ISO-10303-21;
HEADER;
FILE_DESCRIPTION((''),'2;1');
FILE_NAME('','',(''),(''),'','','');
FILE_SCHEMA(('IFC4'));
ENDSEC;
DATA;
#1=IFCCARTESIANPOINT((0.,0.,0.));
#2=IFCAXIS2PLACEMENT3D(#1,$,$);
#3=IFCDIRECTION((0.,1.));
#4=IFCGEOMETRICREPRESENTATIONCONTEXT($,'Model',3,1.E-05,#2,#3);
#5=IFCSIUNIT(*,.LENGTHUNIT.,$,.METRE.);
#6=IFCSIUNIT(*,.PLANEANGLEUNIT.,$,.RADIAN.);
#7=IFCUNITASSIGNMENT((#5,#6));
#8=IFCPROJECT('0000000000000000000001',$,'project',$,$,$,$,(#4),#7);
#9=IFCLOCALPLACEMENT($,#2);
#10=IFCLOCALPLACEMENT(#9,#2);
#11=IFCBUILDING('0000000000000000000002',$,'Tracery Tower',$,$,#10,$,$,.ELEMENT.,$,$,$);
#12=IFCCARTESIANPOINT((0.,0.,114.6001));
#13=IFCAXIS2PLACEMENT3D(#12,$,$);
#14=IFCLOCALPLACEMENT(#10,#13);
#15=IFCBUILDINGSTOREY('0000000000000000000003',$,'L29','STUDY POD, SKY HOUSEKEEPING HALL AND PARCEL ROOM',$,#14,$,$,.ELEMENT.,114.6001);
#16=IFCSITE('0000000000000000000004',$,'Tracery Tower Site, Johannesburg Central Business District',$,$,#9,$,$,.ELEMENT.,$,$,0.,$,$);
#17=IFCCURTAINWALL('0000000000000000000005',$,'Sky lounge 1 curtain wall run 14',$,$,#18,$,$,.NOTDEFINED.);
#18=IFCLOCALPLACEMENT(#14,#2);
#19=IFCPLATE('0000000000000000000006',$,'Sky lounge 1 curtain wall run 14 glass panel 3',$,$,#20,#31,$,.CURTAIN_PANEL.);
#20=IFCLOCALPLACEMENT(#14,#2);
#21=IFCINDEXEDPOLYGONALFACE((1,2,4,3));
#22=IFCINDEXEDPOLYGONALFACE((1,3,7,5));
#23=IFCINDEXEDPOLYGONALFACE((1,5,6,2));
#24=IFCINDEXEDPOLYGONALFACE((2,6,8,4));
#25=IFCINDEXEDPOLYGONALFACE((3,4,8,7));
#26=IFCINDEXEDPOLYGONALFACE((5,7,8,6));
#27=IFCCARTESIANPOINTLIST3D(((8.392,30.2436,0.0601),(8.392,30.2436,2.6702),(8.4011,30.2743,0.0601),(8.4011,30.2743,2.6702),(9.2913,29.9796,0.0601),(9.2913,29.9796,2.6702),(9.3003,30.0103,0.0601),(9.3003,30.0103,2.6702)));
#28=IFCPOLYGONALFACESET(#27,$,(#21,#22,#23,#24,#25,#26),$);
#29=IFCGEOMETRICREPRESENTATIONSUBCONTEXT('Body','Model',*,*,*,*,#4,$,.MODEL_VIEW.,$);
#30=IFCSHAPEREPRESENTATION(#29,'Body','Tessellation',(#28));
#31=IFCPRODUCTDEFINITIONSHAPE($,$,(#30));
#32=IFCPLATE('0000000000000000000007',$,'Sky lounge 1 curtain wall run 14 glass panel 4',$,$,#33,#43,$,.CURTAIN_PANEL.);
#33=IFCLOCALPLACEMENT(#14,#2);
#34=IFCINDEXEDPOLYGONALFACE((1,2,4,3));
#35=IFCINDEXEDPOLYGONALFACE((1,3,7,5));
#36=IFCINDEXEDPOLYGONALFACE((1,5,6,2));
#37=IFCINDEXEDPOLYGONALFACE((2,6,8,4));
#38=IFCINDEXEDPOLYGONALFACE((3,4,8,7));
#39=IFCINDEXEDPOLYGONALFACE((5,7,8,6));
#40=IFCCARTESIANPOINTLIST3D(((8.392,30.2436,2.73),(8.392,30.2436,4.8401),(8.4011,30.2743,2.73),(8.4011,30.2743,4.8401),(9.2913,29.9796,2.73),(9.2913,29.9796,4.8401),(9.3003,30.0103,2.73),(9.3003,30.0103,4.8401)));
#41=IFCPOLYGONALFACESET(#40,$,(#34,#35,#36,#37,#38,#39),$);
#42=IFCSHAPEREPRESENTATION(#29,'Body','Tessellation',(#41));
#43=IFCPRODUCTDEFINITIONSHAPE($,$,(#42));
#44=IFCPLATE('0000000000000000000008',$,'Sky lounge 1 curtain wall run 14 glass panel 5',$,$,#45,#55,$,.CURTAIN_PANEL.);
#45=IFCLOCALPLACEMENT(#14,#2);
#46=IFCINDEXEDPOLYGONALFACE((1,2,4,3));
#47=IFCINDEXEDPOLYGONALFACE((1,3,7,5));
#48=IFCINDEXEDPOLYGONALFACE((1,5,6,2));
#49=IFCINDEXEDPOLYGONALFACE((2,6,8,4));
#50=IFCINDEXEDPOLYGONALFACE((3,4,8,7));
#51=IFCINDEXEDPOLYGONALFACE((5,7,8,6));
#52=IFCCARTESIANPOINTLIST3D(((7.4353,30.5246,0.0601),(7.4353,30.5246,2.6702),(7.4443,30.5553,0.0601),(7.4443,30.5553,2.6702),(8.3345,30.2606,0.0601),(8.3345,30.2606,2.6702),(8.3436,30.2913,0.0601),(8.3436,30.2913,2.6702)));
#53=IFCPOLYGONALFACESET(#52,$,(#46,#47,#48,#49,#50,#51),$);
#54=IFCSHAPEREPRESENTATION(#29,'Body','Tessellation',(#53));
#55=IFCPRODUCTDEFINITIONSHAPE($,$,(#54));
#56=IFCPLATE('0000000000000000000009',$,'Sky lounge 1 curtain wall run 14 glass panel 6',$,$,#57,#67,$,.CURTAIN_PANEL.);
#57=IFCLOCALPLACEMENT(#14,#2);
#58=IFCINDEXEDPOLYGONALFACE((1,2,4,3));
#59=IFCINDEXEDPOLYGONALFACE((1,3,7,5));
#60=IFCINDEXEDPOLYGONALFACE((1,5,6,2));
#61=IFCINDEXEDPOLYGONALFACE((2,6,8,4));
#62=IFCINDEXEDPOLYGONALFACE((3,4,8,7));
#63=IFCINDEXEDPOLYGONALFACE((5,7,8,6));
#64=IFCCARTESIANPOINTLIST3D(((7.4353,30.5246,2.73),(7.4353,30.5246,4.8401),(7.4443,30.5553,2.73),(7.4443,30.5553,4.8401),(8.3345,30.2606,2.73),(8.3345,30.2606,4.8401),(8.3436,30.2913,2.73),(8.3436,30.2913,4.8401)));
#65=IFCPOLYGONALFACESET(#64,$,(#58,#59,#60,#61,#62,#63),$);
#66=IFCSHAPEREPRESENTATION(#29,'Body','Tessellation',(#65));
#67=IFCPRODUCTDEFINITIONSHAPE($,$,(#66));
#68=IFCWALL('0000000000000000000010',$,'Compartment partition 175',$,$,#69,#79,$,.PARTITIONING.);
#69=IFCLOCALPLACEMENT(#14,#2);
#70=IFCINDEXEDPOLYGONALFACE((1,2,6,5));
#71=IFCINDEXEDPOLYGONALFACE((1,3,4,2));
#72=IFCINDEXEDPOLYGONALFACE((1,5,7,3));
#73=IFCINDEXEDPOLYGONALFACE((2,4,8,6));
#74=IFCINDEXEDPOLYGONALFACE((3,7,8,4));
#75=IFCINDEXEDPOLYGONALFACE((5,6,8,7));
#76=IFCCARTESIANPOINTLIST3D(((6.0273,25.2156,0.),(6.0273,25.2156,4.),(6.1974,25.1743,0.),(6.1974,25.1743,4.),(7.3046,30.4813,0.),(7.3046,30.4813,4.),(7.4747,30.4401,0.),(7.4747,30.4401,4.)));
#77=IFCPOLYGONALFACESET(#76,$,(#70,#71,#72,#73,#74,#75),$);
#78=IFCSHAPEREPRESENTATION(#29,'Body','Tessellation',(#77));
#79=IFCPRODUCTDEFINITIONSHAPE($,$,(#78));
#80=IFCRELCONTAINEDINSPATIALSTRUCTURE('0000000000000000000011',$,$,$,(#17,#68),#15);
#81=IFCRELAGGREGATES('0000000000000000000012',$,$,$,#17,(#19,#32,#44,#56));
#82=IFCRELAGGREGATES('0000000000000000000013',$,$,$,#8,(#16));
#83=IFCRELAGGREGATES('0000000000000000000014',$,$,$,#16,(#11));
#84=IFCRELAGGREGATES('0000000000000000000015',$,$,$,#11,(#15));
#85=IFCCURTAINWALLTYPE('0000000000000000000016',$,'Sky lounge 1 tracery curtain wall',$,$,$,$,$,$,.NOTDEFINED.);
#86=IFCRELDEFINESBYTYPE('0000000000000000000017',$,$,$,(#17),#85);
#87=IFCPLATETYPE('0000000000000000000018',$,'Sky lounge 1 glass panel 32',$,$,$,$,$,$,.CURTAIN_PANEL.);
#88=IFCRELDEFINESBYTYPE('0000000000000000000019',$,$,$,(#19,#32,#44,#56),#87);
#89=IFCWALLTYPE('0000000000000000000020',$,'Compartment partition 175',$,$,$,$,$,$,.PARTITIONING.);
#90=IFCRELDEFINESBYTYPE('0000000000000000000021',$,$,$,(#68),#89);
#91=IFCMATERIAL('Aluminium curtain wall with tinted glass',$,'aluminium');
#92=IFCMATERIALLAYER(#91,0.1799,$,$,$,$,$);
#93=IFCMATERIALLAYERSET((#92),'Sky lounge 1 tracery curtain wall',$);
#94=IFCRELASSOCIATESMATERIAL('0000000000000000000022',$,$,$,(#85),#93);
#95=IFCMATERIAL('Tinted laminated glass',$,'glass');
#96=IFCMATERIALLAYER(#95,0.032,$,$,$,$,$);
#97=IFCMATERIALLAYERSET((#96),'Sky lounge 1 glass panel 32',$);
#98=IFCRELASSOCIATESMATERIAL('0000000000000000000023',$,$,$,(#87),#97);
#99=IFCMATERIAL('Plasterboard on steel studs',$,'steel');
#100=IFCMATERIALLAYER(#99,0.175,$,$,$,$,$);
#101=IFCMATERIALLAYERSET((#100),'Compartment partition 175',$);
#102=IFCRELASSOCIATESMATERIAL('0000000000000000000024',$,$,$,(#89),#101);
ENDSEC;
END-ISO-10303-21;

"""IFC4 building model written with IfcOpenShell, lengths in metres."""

from ifc_helpers import new_model, si_unit, direction, frame, frame_2d, origin, origin_2d, place, context, subcontext, project, spatial, rectangle, extrude, material, layer, layer_set, type_object, element, aggregate, save


model = new_model("IFC4")

# Units and contexts
model_context = context("Model", 3, precision=1e-05, world=origin(), true_north=direction((0.0, 1.0)))
body_context = subcontext(model_context, "Body", "Model", "MODEL_VIEW")
ifc_project = project(units=[si_unit("LENGTHUNIT", "METRE"), si_unit("PLANEANGLEUNIT", "RADIAN")], contexts=[model_context])

# Site, building, storey
site_placement = place(None, origin())
site = spatial("IfcSite", under=ifc_project, at=site_placement, Name="Tracery Tower Site, Johannesburg Central Business District", CompositionType="ELEMENT", RefElevation=0.0)
building_placement = place(site_placement, origin())
building = spatial("IfcBuilding", under=site, at=building_placement, Name="Tracery Tower", CompositionType="ELEMENT")
storey_placement = place(building_placement, frame((0.0, 0.0, 114.6001)))
storey = spatial("IfcBuildingStorey", under=building, at=storey_placement, Name="L29", Description="STUDY POD, SKY HOUSEKEEPING HALL AND PARCEL ROOM", CompositionType="ELEMENT", Elevation=114.6001)

# Shared definitions
ifc_material_1 = material(Name="Aluminium curtain wall with tinted glass", Category="aluminium")
ifc_layer_1 = layer(ifc_material_1, 0.1799)
ifc_layer_set_1 = layer_set([ifc_layer_1], Name="Sky lounge 1 tracery curtain wall")
curtain_wall_type = type_object("IfcCurtainWallType", Name="Sky lounge 1 tracery curtain wall", PredefinedType="NOTDEFINED", material=ifc_layer_set_1)

# Curtain wall
curtain_wall_1_placement = place(storey_placement, origin())
curtain_wall_1 = element("IfcCurtainWall", 1, at=curtain_wall_1_placement, inside=storey, type_object=curtain_wall_type, Name="Sky lounge 1 curtain wall run 14", PredefinedType="NOTDEFINED")

# Plates
ifc_material_2 = material(Name="Tinted laminated glass", Category="glass")
ifc_layer_2 = layer(ifc_material_2, 0.032)
ifc_layer_set_2 = layer_set([ifc_layer_2], Name="Sky lounge 1 glass panel 32")
plate_type = type_object("IfcPlateType", Name="Sky lounge 1 glass panel 32", PredefinedType="CURTAIN_PANEL", material=ifc_layer_set_2)
plate_1_placement = place(storey_placement, frame((8.8462, 30.127, 0.0601), z_axis=(0.0, 0.0, 1.0), x_axis=(-0.959493, 0.281733, 0.0)))
plate_1 = element("IfcPlate", 2, at=plate_1_placement, type_object=plate_type, Name="Sky lounge 1 curtain wall run 14 glass panel 3", PredefinedType="CURTAIN_PANEL", context=body_context, shape_type="SweptSolid", body=[
    extrude(rectangle(XDim=0.9373, YDim=0.032, at=origin_2d()), origin(), (0.0, 0.0, 1.0), 2.6101),
])
plate_2_placement = place(storey_placement, frame((8.8462, 30.127, 2.73), z_axis=(0.0, 0.0, 1.0), x_axis=(-0.959493, 0.281733, 0.0)))
plate_2 = element("IfcPlate", 3, at=plate_2_placement, type_object=plate_type, Name="Sky lounge 1 curtain wall run 14 glass panel 4", PredefinedType="CURTAIN_PANEL", context=body_context, shape_type="SweptSolid", body=[
    extrude(rectangle(XDim=0.9373, YDim=0.032, at=origin_2d()), origin(), (0.0, 0.0, 1.0), 2.1101),
])
plate_3_placement = place(storey_placement, frame((7.8894, 30.408, 0.0601), z_axis=(0.0, 0.0, 1.0), x_axis=(-0.959493, 0.281733, 0.0)))
plate_3 = element("IfcPlate", 4, at=plate_3_placement, type_object=plate_type, Name="Sky lounge 1 curtain wall run 14 glass panel 5", PredefinedType="CURTAIN_PANEL", context=body_context, shape_type="SweptSolid", body=[
    extrude(rectangle(XDim=0.9373, YDim=0.032, at=origin_2d()), origin(), (0.0, 0.0, 1.0), 2.6101),
])
plate_4_placement = place(storey_placement, frame((7.8894, 30.408, 2.73), z_axis=(0.0, 0.0, 1.0), x_axis=(-0.959493, 0.281733, 0.0)))
plate_4 = element("IfcPlate", 5, at=plate_4_placement, type_object=plate_type, Name="Sky lounge 1 curtain wall run 14 glass panel 6", PredefinedType="CURTAIN_PANEL", context=body_context, shape_type="SweptSolid", body=[
    extrude(rectangle(XDim=0.9373, YDim=0.032, at=origin_2d()), origin(), (0.0, 0.0, 1.0), 2.1101),
])
aggregate(curtain_wall_1, [plate_1, plate_2, plate_3, plate_4])

# Wall
ifc_material_3 = material(Name="Plasterboard on steel studs", Category="steel")
ifc_layer_3 = layer(ifc_material_3, 0.175)
ifc_layer_set_3 = layer_set([ifc_layer_3], Name="Compartment partition 175")
wall_type = type_object("IfcWallType", Name="Compartment partition 175", PredefinedType="PARTITIONING", material=ifc_layer_set_3)
wall_placement = place(storey_placement, frame((7.3896, 30.4607, 0.0), z_axis=(0.0, 0.0, 1.0), x_axis=(-0.235734, -0.971818, 0.0)))
element("IfcWall", 6, at=wall_placement, inside=storey, type_object=wall_type, Name="Compartment partition 175", PredefinedType="PARTITIONING", context=body_context, shape_type="SweptSolid", body=[
    extrude(rectangle(XDim=5.4185, YDim=0.175, at=frame_2d((2.7092, 0.0))), origin(), (0.0, 0.0, 1.0), 4.0),
])

save(model, "model.ifc")
